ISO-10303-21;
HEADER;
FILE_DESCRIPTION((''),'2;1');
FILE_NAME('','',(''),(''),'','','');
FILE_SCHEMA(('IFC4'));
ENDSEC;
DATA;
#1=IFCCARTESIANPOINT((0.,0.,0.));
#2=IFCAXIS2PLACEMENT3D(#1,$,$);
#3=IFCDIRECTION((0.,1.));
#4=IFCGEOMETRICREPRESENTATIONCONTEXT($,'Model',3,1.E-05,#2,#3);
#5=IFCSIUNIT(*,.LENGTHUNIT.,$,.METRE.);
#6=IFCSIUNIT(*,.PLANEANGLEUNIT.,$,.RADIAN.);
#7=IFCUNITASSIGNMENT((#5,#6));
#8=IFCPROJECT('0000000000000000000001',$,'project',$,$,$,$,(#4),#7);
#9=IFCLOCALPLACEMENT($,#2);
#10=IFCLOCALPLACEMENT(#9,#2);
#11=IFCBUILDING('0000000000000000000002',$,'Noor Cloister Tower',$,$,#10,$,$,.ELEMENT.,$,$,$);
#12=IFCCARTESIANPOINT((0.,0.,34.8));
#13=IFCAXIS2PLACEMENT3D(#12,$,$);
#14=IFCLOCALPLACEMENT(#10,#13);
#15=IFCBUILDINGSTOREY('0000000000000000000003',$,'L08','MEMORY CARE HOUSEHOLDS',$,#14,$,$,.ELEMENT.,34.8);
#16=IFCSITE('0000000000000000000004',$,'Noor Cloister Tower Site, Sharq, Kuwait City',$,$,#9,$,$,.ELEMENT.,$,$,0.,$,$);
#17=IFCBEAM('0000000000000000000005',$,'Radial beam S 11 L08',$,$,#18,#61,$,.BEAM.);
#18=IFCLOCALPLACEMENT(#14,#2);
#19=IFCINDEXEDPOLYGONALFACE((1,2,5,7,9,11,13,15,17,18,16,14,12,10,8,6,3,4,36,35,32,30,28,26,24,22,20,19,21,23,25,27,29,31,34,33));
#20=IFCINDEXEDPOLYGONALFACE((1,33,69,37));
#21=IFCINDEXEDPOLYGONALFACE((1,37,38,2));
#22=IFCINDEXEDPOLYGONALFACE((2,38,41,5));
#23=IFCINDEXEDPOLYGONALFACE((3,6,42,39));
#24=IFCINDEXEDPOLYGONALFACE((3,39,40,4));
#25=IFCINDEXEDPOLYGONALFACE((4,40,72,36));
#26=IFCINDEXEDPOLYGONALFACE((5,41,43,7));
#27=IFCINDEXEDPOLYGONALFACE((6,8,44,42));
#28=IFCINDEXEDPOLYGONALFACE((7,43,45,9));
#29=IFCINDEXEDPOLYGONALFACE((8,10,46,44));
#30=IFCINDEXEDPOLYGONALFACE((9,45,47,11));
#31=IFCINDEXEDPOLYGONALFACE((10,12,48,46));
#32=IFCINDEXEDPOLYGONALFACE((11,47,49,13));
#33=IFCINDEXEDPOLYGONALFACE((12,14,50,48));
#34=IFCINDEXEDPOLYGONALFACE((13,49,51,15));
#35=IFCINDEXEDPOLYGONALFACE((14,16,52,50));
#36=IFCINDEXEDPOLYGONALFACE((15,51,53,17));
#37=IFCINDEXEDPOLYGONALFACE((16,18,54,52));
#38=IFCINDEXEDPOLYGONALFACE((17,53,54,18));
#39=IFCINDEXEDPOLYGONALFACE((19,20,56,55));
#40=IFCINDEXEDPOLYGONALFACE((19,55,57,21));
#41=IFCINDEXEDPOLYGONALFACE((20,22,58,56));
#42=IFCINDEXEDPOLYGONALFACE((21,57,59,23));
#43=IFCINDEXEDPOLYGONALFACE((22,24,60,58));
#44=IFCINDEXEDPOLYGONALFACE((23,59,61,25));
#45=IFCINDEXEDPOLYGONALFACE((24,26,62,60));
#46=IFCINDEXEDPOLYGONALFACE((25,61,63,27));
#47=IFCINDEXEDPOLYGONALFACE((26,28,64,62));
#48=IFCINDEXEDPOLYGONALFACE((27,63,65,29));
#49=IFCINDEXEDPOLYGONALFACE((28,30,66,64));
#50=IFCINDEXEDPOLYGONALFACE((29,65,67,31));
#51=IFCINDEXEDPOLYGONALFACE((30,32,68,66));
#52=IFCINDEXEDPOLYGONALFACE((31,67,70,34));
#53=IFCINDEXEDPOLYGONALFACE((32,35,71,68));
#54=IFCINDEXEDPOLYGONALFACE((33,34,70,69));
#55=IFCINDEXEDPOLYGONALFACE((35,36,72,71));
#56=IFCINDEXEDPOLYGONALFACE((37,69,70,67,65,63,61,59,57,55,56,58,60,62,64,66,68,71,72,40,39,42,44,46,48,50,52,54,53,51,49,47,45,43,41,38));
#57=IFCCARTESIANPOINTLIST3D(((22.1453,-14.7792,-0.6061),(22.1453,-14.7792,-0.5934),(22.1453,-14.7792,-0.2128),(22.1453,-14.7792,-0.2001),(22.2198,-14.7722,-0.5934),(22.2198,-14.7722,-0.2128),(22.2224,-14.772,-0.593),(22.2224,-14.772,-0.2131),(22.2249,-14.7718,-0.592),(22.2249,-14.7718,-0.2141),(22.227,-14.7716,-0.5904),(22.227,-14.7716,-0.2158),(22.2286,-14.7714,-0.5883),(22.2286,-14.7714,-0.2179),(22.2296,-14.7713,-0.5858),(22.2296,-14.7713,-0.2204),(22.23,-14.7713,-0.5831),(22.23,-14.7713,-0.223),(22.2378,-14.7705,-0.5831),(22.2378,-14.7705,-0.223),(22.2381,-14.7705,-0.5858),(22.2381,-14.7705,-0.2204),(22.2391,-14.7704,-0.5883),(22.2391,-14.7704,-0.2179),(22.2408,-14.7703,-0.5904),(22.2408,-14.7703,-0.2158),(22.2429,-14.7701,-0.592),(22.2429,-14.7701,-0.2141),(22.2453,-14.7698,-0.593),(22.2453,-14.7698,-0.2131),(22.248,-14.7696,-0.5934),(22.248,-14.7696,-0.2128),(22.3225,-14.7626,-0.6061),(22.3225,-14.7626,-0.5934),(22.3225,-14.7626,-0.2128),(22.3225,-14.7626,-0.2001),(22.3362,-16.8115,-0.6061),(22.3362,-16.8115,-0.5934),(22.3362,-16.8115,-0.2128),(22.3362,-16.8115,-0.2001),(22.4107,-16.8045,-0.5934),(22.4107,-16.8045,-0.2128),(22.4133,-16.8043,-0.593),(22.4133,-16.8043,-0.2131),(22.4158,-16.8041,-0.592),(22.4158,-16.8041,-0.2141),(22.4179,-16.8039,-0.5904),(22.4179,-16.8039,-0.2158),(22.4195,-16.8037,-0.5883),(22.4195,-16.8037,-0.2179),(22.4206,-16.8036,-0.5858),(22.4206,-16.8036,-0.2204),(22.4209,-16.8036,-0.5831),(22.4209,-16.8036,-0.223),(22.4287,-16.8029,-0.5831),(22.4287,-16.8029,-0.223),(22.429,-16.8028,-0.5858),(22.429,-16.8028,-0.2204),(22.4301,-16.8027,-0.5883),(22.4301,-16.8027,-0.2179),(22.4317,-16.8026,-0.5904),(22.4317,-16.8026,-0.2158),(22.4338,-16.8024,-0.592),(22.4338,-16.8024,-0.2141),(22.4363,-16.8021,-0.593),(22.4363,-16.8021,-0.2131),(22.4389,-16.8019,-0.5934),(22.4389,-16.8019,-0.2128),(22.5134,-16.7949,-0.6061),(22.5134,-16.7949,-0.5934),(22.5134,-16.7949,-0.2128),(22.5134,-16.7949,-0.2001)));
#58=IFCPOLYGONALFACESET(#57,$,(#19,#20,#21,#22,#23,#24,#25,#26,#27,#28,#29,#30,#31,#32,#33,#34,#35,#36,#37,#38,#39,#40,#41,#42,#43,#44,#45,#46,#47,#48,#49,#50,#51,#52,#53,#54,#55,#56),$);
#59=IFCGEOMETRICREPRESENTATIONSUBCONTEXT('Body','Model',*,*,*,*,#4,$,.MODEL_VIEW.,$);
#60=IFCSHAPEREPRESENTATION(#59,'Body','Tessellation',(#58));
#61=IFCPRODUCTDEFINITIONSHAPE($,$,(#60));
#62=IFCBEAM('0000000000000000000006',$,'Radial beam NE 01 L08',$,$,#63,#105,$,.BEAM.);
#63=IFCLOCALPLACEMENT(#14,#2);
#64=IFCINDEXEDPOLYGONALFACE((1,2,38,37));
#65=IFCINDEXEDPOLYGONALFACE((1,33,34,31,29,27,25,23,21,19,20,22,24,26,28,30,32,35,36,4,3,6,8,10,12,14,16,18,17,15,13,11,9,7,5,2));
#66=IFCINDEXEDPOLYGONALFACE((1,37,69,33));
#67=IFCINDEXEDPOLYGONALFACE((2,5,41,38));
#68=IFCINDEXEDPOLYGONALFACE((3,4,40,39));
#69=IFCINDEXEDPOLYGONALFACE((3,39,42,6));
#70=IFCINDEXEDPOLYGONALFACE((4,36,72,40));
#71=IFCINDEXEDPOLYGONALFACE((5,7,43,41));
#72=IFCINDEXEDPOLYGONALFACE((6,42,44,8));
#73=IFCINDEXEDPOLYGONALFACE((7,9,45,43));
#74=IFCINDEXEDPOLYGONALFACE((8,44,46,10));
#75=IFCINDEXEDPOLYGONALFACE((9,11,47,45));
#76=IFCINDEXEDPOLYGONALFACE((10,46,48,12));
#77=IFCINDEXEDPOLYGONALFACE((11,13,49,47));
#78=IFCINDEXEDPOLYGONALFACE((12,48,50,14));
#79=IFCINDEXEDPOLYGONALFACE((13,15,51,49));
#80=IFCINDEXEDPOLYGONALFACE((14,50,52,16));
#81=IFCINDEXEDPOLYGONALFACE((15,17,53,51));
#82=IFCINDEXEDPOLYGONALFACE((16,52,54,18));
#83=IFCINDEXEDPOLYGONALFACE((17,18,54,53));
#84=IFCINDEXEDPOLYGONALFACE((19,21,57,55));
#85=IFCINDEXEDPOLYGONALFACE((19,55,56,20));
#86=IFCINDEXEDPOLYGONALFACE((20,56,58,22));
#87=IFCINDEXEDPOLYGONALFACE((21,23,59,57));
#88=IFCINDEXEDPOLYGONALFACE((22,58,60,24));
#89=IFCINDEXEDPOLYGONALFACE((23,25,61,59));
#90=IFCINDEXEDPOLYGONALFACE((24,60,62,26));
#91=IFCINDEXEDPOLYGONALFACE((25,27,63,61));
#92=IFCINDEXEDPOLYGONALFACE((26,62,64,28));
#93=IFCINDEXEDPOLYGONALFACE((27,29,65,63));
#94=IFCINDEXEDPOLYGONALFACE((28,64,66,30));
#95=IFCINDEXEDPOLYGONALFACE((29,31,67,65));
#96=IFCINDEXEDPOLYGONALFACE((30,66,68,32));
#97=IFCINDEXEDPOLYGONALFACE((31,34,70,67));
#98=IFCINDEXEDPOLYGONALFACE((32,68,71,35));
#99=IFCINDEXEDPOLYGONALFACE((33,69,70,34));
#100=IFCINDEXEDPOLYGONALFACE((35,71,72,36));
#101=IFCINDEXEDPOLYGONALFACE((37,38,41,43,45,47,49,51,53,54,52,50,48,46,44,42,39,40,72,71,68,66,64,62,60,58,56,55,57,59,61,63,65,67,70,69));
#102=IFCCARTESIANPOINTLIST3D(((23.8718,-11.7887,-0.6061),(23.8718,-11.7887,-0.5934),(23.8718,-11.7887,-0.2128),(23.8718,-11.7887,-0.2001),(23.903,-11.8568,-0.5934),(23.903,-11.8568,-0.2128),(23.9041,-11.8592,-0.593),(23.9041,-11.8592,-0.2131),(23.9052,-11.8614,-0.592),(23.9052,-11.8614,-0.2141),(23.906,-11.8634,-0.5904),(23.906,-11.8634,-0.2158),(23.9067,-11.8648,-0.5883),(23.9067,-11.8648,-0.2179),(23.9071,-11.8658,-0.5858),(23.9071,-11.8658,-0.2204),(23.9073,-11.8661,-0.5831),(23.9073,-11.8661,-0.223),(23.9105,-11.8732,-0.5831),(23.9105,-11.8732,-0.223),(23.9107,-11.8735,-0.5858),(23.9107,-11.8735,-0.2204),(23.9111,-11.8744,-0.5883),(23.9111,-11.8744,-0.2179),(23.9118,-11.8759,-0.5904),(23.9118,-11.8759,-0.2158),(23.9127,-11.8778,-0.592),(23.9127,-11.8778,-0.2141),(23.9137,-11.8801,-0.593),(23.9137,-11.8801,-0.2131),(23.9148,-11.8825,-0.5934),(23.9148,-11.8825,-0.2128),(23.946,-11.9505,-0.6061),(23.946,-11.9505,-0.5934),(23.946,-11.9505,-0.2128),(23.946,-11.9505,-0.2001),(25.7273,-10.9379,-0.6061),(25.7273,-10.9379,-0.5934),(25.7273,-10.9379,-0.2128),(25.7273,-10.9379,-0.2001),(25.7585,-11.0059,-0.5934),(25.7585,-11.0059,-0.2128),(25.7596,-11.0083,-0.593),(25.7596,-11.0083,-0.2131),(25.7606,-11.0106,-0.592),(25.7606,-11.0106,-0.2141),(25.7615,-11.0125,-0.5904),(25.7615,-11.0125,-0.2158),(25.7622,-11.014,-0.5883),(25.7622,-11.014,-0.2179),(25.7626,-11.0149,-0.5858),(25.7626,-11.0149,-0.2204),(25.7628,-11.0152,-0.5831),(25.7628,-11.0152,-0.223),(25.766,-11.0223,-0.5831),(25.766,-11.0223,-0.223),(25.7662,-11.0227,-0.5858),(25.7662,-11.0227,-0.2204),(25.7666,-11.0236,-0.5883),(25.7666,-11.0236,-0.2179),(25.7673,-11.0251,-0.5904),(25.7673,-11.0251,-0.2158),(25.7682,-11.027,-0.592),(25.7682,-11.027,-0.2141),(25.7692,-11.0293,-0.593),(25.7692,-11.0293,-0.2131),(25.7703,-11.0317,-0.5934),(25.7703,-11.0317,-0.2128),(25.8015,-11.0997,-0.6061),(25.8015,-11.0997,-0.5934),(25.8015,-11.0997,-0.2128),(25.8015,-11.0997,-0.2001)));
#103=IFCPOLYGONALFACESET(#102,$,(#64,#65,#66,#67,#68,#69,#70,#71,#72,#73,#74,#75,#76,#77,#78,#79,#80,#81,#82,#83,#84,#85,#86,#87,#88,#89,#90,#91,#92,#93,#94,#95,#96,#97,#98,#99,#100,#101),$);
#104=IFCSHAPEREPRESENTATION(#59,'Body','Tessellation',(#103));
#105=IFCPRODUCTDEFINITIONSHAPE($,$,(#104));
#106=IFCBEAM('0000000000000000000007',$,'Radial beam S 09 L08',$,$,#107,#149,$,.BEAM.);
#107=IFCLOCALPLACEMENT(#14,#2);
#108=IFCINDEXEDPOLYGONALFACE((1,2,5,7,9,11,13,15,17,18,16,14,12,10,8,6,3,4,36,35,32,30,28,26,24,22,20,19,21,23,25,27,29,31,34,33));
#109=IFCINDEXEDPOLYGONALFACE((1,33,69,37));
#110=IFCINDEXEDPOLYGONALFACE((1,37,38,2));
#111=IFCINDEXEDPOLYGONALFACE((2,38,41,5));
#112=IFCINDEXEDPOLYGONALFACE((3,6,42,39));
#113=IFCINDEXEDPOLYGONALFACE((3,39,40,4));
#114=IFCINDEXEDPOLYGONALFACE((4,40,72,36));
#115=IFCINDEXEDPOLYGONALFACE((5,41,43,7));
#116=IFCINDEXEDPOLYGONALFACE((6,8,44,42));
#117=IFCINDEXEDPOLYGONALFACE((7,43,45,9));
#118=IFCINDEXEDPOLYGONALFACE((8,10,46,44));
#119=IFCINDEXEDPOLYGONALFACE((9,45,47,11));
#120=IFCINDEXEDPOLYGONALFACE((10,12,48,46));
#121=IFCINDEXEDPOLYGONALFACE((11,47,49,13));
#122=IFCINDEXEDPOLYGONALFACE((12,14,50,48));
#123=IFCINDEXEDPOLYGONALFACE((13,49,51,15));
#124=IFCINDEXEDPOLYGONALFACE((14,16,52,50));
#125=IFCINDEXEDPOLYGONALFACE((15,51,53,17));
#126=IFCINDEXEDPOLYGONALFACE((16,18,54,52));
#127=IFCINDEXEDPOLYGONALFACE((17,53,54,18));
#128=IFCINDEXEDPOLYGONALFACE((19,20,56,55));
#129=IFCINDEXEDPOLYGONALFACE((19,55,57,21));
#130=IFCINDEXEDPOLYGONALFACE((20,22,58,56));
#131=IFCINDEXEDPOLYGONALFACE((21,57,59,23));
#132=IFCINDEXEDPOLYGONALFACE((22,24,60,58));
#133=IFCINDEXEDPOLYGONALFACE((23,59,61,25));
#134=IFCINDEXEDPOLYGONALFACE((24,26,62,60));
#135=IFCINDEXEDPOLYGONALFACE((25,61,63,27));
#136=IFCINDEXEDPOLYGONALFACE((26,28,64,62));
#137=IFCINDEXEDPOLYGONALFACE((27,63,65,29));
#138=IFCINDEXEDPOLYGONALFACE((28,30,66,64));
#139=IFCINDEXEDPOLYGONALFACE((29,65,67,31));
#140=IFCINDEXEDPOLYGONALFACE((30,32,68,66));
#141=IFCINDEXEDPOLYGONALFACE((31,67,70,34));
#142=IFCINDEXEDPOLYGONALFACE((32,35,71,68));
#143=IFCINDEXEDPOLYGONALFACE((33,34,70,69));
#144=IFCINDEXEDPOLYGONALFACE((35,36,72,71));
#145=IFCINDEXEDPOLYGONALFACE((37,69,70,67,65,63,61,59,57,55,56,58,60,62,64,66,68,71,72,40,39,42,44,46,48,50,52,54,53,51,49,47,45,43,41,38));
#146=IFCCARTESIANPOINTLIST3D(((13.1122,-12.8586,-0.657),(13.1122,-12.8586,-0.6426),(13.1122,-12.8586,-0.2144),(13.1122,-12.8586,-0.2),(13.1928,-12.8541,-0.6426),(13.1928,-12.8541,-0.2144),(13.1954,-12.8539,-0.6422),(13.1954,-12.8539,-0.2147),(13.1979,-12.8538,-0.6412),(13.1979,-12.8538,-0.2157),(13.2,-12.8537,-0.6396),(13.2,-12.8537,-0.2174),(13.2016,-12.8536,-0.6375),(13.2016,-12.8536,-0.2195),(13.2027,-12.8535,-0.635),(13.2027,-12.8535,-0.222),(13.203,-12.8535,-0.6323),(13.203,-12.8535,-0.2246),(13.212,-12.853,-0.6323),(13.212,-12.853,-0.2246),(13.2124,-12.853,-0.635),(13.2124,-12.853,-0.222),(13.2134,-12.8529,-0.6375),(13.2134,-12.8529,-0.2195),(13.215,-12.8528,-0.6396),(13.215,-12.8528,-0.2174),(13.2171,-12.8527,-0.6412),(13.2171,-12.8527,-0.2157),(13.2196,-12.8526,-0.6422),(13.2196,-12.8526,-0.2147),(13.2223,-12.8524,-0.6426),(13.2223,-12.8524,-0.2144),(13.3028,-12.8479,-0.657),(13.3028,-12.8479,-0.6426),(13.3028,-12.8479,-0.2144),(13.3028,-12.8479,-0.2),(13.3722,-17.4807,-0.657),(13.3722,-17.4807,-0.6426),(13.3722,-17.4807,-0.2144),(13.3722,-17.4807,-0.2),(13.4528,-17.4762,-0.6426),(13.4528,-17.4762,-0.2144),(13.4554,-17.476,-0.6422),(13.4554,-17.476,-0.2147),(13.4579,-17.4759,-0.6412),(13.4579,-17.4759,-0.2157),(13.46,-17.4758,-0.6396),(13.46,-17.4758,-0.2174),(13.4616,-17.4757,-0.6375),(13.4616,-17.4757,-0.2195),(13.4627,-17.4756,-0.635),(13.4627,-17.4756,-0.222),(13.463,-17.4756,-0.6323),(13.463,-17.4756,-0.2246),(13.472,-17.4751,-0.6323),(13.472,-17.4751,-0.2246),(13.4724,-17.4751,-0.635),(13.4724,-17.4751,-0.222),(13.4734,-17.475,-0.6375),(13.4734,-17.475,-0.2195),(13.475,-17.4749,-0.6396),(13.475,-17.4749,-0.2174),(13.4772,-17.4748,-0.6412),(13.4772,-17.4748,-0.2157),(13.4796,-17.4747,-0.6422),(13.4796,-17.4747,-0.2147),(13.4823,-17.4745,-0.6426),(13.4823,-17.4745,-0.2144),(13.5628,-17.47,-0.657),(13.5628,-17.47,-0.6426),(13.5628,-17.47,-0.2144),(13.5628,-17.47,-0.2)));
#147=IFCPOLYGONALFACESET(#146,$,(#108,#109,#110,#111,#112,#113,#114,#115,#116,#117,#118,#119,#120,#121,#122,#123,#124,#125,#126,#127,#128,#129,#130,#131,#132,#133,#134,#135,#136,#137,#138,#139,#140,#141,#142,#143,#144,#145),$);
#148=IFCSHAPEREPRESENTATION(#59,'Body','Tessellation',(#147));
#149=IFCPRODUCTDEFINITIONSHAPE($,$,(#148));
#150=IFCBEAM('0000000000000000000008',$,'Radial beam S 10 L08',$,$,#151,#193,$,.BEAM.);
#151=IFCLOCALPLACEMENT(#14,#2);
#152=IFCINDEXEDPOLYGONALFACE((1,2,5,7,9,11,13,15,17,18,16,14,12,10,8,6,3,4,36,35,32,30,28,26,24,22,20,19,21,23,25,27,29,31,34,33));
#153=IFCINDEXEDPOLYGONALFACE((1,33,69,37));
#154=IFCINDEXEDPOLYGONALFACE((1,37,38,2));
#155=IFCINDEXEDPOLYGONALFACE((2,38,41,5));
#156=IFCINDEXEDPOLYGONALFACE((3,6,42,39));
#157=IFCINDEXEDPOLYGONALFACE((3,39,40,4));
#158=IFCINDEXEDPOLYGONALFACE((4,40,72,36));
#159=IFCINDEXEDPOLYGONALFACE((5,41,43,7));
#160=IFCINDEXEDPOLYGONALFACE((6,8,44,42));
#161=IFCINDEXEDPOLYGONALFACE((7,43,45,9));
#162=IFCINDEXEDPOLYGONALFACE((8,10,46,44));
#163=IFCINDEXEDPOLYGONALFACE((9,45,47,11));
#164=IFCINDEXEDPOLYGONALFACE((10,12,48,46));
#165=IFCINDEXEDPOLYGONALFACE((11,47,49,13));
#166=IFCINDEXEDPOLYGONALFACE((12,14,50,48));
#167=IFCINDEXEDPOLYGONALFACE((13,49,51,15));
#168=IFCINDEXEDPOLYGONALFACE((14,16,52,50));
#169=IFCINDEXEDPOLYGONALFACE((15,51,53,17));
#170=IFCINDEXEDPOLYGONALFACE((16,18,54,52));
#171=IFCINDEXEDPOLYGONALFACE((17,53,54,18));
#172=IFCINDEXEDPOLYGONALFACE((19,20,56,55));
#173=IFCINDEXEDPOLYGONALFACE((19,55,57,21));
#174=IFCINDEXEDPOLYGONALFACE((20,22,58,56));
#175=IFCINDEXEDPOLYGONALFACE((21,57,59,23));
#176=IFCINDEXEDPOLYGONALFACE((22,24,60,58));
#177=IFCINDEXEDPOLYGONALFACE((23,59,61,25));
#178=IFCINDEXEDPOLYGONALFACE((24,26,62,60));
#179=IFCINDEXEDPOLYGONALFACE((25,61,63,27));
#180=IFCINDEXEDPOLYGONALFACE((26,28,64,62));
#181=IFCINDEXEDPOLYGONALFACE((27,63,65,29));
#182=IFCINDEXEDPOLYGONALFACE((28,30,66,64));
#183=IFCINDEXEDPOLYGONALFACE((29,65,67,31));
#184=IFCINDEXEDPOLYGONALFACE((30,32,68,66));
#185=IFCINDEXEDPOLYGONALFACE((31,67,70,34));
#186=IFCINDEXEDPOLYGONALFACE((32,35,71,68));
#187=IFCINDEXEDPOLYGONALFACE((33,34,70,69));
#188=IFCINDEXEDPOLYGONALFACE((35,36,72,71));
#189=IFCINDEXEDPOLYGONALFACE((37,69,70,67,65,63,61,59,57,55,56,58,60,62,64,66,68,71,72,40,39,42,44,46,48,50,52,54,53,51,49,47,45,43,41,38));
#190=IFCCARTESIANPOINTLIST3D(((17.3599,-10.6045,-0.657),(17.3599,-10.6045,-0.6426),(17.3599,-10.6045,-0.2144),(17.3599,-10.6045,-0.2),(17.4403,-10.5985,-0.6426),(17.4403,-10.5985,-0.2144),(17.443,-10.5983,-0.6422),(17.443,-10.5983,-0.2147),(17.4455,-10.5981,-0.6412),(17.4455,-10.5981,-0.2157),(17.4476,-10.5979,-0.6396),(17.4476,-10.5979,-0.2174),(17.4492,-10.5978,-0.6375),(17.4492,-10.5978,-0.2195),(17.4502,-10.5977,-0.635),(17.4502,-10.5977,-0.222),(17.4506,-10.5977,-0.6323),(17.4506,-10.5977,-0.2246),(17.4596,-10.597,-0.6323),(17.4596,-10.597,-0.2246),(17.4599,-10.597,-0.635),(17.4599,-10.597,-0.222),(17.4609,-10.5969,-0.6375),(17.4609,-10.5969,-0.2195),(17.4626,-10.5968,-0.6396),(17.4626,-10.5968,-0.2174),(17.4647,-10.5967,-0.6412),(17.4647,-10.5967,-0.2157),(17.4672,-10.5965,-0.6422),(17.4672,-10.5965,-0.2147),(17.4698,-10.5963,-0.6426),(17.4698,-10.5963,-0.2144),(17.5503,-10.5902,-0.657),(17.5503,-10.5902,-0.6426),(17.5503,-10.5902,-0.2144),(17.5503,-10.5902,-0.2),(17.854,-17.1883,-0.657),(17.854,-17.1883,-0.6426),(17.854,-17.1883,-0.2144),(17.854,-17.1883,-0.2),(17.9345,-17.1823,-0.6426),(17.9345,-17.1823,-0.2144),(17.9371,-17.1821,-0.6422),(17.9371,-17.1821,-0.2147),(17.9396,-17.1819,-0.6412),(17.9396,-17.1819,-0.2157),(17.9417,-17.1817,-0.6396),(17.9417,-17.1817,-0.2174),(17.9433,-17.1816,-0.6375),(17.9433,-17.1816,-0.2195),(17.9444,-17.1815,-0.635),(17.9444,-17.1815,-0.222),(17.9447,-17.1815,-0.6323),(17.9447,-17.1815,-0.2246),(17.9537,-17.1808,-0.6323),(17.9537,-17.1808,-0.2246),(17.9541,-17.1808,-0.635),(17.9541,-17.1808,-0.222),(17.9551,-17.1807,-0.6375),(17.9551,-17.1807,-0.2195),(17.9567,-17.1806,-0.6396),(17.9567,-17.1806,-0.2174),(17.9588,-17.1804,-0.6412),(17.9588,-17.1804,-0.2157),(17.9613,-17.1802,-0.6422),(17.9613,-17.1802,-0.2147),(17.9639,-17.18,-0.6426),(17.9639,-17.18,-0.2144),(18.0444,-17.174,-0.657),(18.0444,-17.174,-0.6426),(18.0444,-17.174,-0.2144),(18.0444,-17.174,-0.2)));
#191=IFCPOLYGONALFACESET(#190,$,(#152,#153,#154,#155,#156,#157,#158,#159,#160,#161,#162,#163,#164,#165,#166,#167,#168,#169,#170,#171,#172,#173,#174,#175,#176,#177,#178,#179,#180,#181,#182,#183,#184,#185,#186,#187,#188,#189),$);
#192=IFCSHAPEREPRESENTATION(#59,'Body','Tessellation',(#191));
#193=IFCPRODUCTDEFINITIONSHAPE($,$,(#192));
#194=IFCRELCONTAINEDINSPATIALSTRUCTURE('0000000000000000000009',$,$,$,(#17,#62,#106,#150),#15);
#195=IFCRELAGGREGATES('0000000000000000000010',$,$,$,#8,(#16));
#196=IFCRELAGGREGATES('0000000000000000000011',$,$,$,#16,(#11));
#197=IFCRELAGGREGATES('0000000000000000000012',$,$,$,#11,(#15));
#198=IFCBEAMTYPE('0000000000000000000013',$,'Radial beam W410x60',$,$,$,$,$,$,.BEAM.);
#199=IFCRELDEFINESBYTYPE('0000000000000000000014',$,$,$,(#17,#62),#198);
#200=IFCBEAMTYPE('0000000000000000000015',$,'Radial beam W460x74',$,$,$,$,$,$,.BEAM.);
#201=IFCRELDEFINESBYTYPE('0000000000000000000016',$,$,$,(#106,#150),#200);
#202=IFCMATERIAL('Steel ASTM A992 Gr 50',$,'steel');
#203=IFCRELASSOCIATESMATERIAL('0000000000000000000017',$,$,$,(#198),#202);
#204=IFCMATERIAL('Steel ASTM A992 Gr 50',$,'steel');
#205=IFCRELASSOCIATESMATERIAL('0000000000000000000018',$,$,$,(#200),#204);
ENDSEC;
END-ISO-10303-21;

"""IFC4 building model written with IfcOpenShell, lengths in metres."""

from ifc_helpers import new_model, si_unit, direction, frame, origin, origin_2d, place, context, subcontext, project, spatial, i_section, extrude, material, material_profile, profile_set, type_object, element, save


model = new_model("IFC4")

# Units and contexts
model_context = context("Model", 3, precision=1e-05, world=origin(), true_north=direction((0.0, 1.0)))
body_context = subcontext(model_context, "Body", "Model", "MODEL_VIEW")
ifc_project = project(units=[si_unit("LENGTHUNIT", "METRE"), si_unit("PLANEANGLEUNIT", "RADIAN")], contexts=[model_context])

# Site, building, storey
site_placement = place(None, origin())
site = spatial("IfcSite", under=ifc_project, at=site_placement, Name="Noor Cloister Tower Site, Sharq, Kuwait City", CompositionType="ELEMENT", RefElevation=0.0)
building_placement = place(site_placement, origin())
building = spatial("IfcBuilding", under=site, at=building_placement, Name="Noor Cloister Tower", CompositionType="ELEMENT")
storey_placement = place(building_placement, frame((0.0, 0.0, 34.8)))
storey = spatial("IfcBuildingStorey", under=building, at=storey_placement, Name="L08", Description="MEMORY CARE HOUSEHOLDS", CompositionType="ELEMENT", Elevation=34.8)

# Beams
ifc_material_1 = material(Name="Steel ASTM A992 Gr 50", Category="steel")
ifc_material_profile_1 = material_profile(ifc_material_1, i_section(OverallWidth=0.178, OverallDepth=0.406, WebThickness=0.0078, FlangeThickness=0.0127, FilletRadius=0.0103, at=origin_2d()), Name="W410x60")
ifc_profile_set_1 = profile_set([ifc_material_profile_1], Name="Steel ASTM A992 Gr 50")
beam_type_1 = type_object("IfcBeamType", Name="Radial beam W410x60", PredefinedType="BEAM", material=ifc_profile_set_1)
for number, where, z_axis, x_axis, name in (
    (1, (22.4248, -16.8032, -0.4031), (-0.093533, 0.995616, 0.0), (-0.995616, -0.093533, 0.0), "Radial beam S 11 L08"),
    (2, (25.7644, -11.0188, -0.4031), (-0.908989, -0.416819, 0.0), (0.416819, -0.908989, 0.0), "Radial beam NE 01 L08"),
):
    element("IfcBeam", number, at=place(storey_placement, frame(where, z_axis=z_axis, x_axis=x_axis)), inside=storey, type_object=beam_type_1, Name=name, PredefinedType="BEAM", context=body_context, shape_type="SweptSolid", body=[
        extrude(i_section(OverallWidth=0.178, OverallDepth=0.406, WebThickness=0.0078, FlangeThickness=0.0127, FilletRadius=0.0103, at=origin_2d()), origin(), (0.0, 0.0, 1.0), 2.0413),
    ])
ifc_material_2 = material(Name="Steel ASTM A992 Gr 50", Category="steel")
ifc_material_profile_2 = material_profile(ifc_material_2, i_section(OverallWidth=0.1909, OverallDepth=0.457, WebThickness=0.009, FlangeThickness=0.0144, FilletRadius=0.0103, at=origin_2d()), Name="W460x74")
ifc_profile_set_2 = profile_set([ifc_material_profile_2], Name="Steel ASTM A992 Gr 50")
beam_type_2 = type_object("IfcBeamType", Name="Radial beam W460x74", PredefinedType="BEAM", material=ifc_profile_set_2)
beam_1_placement = place(storey_placement, frame((13.4675, -17.4753, -0.4285), z_axis=(-0.056165, 0.998421, 0.0), x_axis=(-0.998421, -0.056165, 0.0)))
element("IfcBeam", 3, at=beam_1_placement, inside=storey, type_object=beam_type_2, Name="Radial beam S 09 L08", PredefinedType="BEAM", context=body_context, shape_type="SweptSolid", body=[
    extrude(i_section(OverallWidth=0.1909, OverallDepth=0.457, WebThickness=0.009, FlangeThickness=0.0144, FilletRadius=0.0103, at=origin_2d()), origin(), (0.0, 0.0, 1.0), 4.6294),
])
beam_2_placement = place(storey_placement, frame((17.9492, -17.1812, -0.4285), z_axis=(-0.074844, 0.997195, 0.0), x_axis=(-0.997195, -0.074844, 0.0)))
element("IfcBeam", 4, at=beam_2_placement, inside=storey, type_object=beam_type_2, Name="Radial beam S 10 L08", PredefinedType="BEAM", context=body_context, shape_type="SweptSolid", body=[
    extrude(i_section(OverallWidth=0.1909, OverallDepth=0.457, WebThickness=0.009, FlangeThickness=0.0144, FilletRadius=0.0103, at=origin_2d()), origin(), (0.0, 0.0, 1.0), 6.6023),
])

save(model, "model.ifc")
